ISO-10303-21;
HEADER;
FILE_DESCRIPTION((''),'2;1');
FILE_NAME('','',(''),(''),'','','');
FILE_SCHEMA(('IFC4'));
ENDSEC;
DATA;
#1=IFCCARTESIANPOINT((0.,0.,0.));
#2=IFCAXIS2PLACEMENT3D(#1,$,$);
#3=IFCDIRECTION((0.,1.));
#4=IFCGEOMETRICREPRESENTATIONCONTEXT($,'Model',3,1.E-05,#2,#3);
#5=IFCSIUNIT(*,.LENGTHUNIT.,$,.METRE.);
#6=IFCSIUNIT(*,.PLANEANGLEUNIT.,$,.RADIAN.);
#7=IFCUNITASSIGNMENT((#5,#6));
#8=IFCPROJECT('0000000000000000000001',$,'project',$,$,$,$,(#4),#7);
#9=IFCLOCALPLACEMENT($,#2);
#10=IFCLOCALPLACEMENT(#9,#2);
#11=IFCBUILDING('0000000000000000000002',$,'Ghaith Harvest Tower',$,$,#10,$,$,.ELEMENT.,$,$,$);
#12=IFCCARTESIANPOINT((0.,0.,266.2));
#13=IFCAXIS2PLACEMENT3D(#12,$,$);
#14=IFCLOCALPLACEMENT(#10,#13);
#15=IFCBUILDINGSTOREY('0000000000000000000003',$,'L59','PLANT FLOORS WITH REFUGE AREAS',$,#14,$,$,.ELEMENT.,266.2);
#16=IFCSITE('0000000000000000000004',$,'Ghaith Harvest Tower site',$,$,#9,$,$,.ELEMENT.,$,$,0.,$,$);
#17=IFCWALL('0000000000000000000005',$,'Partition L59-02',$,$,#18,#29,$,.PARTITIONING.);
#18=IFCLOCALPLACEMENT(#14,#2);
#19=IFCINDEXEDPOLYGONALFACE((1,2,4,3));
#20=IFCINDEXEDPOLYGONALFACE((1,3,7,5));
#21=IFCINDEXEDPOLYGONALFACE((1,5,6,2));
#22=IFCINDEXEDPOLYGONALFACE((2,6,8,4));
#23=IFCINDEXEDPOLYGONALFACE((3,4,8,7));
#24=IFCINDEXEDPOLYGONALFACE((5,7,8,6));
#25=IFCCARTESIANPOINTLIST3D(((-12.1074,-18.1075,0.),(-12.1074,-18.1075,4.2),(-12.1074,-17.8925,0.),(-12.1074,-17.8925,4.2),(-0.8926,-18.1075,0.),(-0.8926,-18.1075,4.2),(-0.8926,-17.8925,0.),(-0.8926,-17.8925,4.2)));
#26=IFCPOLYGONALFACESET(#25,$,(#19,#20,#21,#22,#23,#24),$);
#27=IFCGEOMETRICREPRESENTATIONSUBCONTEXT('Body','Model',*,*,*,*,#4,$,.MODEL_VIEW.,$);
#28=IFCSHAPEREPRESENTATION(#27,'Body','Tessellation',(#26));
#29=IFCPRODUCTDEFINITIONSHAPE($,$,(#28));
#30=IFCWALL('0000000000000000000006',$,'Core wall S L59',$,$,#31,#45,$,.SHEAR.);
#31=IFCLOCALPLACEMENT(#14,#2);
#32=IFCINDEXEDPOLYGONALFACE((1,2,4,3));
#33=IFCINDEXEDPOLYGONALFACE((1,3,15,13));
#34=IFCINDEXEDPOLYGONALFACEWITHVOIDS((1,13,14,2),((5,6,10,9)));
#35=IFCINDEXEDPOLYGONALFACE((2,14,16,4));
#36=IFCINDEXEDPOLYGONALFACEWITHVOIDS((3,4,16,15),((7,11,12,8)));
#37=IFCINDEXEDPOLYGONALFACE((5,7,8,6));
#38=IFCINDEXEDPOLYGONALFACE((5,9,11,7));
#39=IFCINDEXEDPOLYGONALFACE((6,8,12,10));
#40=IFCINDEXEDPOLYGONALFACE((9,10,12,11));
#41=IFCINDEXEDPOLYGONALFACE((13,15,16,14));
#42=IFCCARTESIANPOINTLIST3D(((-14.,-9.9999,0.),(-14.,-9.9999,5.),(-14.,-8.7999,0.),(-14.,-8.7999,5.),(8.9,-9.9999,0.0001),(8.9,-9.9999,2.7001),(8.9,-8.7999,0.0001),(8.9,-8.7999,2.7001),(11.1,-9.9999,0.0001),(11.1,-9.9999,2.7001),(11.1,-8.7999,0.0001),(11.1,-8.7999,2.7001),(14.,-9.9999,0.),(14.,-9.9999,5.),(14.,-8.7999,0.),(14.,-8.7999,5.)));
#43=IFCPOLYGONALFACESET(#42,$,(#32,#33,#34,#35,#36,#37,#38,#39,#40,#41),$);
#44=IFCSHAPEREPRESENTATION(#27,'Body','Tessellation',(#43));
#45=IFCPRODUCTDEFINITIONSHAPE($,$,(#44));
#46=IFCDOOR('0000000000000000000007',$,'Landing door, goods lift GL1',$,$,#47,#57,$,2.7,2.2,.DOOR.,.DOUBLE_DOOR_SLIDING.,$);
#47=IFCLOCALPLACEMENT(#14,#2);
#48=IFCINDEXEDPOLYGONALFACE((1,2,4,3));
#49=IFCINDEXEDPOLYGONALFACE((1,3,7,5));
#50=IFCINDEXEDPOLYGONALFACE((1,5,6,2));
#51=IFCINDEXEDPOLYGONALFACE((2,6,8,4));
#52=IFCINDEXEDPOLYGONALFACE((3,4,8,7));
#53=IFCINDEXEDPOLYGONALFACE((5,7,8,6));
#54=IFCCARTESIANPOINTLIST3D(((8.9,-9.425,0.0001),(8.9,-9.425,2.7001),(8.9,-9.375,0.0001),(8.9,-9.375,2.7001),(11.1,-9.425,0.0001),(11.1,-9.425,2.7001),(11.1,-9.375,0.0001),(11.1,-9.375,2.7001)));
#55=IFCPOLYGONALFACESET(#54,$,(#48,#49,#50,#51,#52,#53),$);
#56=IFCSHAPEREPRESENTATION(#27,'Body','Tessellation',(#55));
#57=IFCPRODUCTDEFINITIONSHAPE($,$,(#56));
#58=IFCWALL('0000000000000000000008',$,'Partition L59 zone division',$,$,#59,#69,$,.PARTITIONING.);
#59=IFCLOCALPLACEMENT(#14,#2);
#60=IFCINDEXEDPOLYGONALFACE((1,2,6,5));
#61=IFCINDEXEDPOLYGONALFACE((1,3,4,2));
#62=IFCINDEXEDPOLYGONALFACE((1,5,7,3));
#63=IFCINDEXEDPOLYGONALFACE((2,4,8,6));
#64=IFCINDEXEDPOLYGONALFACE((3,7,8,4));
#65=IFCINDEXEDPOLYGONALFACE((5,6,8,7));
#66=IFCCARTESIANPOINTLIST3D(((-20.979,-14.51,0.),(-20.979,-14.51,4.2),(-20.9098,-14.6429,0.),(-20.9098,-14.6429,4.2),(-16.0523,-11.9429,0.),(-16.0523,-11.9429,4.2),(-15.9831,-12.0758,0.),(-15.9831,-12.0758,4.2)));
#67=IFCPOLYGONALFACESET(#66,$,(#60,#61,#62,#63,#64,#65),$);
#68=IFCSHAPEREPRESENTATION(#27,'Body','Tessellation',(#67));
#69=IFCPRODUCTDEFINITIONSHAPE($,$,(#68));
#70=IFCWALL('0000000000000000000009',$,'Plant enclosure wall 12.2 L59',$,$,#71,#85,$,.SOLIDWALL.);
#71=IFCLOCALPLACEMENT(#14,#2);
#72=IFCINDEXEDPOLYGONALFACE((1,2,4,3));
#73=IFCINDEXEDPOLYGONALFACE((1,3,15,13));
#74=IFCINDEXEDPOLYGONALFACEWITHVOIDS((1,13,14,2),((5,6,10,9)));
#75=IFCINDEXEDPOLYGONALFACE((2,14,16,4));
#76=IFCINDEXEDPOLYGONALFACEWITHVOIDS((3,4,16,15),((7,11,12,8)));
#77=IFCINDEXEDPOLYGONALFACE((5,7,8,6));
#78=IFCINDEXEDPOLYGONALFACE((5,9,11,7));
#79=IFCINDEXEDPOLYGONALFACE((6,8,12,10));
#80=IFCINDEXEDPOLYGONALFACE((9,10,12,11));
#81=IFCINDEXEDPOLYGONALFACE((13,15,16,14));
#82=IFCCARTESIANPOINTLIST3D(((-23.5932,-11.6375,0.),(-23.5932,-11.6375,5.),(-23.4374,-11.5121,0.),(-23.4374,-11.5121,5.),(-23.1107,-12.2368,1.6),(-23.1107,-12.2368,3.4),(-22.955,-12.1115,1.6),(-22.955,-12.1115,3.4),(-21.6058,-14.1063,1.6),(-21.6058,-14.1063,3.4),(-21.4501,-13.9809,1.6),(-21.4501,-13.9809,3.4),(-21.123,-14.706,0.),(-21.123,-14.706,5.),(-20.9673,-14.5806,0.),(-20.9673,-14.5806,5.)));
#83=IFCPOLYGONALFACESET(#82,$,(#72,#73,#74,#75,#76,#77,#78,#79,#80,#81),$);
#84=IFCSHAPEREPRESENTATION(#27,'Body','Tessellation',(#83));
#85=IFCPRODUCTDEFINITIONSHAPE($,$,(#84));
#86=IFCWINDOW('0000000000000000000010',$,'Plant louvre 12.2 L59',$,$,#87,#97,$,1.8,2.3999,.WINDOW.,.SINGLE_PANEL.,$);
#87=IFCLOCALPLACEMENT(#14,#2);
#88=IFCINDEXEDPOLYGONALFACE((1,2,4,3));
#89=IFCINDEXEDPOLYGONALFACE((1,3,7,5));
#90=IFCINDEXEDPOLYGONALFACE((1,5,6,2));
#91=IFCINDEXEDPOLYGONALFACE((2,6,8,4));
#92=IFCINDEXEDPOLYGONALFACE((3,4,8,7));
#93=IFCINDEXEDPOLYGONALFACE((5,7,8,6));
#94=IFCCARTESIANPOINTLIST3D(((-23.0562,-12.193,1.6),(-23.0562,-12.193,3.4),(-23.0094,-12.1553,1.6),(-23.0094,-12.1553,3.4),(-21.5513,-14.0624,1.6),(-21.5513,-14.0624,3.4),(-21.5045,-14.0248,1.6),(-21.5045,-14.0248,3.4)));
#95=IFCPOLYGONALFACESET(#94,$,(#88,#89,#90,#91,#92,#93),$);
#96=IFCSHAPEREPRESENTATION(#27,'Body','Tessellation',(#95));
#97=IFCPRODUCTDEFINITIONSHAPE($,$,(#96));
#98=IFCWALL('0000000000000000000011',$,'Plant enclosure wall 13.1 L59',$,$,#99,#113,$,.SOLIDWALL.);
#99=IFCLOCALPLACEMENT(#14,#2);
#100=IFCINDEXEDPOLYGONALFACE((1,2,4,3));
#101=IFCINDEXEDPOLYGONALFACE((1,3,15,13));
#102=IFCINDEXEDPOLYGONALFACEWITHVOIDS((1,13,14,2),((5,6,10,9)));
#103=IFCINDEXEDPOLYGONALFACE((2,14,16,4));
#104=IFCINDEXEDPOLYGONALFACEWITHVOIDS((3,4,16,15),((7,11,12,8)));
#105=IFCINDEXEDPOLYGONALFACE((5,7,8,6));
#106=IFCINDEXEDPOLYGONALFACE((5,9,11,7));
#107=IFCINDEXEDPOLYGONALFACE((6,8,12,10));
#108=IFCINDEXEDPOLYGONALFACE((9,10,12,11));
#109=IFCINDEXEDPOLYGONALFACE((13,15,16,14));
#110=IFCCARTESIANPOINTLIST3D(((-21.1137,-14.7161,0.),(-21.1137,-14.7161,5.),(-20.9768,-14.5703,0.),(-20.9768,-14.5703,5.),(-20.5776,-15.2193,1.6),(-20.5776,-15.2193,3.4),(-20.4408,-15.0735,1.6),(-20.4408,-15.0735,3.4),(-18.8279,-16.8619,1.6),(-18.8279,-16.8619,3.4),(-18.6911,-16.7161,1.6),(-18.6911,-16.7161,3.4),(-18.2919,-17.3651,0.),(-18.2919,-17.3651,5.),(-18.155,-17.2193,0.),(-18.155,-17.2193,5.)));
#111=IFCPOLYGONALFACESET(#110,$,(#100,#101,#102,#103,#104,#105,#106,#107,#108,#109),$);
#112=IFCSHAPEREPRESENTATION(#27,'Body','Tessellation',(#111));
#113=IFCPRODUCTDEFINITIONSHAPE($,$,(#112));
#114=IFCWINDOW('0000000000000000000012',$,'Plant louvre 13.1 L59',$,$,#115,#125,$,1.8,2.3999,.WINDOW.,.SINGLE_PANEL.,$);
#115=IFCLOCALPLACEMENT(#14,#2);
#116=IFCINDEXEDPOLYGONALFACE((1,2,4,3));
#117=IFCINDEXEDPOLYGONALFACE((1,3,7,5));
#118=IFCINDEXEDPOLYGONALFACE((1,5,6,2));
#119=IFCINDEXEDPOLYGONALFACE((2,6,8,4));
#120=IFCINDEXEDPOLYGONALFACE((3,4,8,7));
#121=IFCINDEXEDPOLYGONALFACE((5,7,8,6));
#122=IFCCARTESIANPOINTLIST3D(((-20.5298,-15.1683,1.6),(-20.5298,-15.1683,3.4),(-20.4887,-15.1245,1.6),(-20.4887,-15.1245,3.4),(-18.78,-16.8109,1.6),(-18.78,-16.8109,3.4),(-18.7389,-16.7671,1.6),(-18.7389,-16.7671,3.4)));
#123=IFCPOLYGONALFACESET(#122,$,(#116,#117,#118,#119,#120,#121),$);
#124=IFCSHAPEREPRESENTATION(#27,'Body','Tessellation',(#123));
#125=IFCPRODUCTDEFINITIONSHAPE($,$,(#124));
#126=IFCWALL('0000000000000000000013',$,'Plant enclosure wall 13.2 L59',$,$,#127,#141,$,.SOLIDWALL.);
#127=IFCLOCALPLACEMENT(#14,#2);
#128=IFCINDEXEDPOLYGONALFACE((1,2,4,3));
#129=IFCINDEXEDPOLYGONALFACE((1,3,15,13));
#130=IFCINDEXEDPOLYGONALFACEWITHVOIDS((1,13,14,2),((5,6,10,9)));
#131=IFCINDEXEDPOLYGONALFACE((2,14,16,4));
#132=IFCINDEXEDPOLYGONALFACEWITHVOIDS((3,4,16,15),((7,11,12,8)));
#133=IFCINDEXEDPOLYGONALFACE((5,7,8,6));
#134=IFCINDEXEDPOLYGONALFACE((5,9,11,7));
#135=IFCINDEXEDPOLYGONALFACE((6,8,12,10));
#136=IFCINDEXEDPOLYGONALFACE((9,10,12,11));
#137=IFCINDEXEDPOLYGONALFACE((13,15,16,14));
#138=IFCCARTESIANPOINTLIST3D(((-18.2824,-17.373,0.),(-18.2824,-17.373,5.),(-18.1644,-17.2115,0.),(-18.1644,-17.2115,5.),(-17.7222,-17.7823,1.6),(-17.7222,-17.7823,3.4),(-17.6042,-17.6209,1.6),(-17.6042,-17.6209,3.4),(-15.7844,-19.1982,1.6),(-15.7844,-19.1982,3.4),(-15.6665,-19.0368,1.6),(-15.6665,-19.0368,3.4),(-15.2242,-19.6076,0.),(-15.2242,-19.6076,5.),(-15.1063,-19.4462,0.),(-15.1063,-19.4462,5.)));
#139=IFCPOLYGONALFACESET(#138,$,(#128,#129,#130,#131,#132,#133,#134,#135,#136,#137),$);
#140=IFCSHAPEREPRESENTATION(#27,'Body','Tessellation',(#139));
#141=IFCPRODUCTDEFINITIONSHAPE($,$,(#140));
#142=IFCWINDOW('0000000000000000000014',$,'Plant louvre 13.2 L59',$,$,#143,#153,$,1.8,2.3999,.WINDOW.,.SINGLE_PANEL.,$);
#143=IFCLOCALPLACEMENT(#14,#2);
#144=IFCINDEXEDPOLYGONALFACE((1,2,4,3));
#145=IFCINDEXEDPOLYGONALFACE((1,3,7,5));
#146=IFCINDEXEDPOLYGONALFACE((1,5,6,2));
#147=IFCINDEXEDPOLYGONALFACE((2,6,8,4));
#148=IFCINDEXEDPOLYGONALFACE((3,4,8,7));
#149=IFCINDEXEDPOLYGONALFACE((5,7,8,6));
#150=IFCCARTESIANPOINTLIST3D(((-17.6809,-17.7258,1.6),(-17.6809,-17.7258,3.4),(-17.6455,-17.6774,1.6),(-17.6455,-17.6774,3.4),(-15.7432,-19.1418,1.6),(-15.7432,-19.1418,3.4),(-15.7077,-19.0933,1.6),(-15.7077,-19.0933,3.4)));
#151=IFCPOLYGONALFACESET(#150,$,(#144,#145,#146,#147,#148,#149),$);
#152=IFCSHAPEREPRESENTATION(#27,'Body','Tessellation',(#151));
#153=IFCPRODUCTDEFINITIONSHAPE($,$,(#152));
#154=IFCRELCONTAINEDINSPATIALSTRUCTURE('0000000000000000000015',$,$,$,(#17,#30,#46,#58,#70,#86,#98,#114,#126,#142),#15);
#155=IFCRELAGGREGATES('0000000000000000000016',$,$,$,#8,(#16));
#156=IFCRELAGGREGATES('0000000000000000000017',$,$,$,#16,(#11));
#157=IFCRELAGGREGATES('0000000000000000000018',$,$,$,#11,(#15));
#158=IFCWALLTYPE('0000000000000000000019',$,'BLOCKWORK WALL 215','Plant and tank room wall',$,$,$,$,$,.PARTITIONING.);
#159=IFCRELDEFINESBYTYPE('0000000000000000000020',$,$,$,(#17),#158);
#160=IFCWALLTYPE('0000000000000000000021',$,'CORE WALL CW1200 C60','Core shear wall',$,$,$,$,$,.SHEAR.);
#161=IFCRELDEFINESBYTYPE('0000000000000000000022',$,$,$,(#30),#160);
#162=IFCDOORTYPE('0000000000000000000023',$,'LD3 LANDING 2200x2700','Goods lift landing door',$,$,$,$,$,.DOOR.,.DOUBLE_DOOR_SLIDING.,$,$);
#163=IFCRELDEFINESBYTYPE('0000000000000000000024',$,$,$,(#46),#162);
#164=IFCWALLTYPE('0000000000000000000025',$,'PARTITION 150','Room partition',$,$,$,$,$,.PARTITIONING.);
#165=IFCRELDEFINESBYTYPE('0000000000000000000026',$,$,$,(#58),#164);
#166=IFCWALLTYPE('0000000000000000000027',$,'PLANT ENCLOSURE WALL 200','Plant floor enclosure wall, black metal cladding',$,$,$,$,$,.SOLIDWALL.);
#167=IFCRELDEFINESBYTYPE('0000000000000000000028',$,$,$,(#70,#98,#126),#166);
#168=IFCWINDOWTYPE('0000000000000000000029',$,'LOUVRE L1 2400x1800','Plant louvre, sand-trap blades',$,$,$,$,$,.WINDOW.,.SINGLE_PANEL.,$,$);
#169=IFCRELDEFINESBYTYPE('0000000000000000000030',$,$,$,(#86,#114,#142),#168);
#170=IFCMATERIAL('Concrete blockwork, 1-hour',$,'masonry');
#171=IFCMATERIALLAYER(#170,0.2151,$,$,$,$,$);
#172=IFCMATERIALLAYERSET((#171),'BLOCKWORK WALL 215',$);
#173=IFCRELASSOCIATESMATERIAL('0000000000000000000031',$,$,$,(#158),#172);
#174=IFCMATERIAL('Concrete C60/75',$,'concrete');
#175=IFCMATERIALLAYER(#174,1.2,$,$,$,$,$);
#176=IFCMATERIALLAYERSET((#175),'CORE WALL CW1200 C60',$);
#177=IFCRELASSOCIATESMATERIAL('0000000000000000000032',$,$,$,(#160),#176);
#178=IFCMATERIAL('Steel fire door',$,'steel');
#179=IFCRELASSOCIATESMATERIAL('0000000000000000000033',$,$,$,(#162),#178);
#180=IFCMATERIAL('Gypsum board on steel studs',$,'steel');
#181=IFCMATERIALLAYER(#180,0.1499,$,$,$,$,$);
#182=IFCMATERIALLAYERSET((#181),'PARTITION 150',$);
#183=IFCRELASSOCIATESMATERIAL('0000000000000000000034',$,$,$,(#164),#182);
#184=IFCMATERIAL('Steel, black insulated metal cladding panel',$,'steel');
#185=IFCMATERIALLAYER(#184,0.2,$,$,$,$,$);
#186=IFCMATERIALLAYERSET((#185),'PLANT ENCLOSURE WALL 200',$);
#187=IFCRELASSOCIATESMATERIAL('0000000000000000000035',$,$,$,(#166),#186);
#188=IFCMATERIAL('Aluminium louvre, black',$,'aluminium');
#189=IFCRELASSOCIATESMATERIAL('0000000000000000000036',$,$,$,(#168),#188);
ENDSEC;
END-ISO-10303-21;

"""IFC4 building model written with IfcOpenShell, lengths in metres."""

from ifc_helpers import new_model, si_unit, direction, frame, frame_2d, origin, place, context, subcontext, project, spatial, rectangle, extrude, material, layer, layer_set, type_object, element, fill, save


model = new_model("IFC4")

# Units and contexts
model_context = context("Model", 3, precision=1e-05, world=origin(), true_north=direction((0.0, 1.0)))
body_context = subcontext(model_context, "Body", "Model", "MODEL_VIEW")
ifc_project = project(units=[si_unit("LENGTHUNIT", "METRE"), si_unit("PLANEANGLEUNIT", "RADIAN")], contexts=[model_context])

# Site, building, storey
site_placement = place(None, origin())
site = spatial("IfcSite", under=ifc_project, at=site_placement, Name="Ghaith Harvest Tower site", CompositionType="ELEMENT", RefElevation=0.0)
building_placement = place(site_placement, origin())
building = spatial("IfcBuilding", under=site, at=building_placement, Name="Ghaith Harvest Tower", CompositionType="ELEMENT")
storey_placement = place(building_placement, frame((0.0, 0.0, 266.2)))
storey = spatial("IfcBuildingStorey", under=building, at=storey_placement, Name="L59", Description="PLANT FLOORS WITH REFUGE AREAS", CompositionType="ELEMENT", Elevation=266.2)

# Wall
ifc_material_1 = material(Name="Concrete blockwork, 1-hour", Category="masonry")
ifc_layer_1 = layer(ifc_material_1, 0.2151)
ifc_layer_set_1 = layer_set([ifc_layer_1], Name="BLOCKWORK WALL 215")
wall_type_1 = type_object("IfcWallType", Name="BLOCKWORK WALL 215", Description="Plant and tank room wall", PredefinedType="PARTITIONING", material=ifc_layer_set_1)
wall_1_placement = place(storey_placement, frame((-12.1074, -18.0, 0.0), z_axis=(0.0, 0.0, 1.0), x_axis=(1.0, 0.0, 0.0)))
element("IfcWall", 1, at=wall_1_placement, inside=storey, type_object=wall_type_1, Name="Partition L59-02", PredefinedType="PARTITIONING", context=body_context, shape_type="SweptSolid", body=[
    extrude(rectangle(XDim=11.2148, YDim=0.2151, at=frame_2d((5.6074, 0.0))), origin(), (0.0, 0.0, 1.0), 4.2),
])

# Wall, opening, door
ifc_material_2 = material(Name="Concrete C60/75", Category="concrete")
ifc_layer_2 = layer(ifc_material_2, 1.2)
ifc_layer_set_2 = layer_set([ifc_layer_2], Name="CORE WALL CW1200 C60")
wall_type_2 = type_object("IfcWallType", Name="CORE WALL CW1200 C60", Description="Core shear wall", PredefinedType="SHEAR", material=ifc_layer_set_2)
wall_2_placement = place(storey_placement, frame((-14.0, -9.3999, 0.0), z_axis=(0.0, 0.0, 1.0), x_axis=(1.0, 0.0, 0.0)))
wall_2 = element("IfcWall", 2, at=wall_2_placement, inside=storey, type_object=wall_type_2, Name="Core wall S L59", PredefinedType="SHEAR", context=body_context, shape_type="SweptSolid", body=[
    extrude(rectangle(XDim=28.0, YDim=1.2, at=frame_2d((14.0, 0.0))), origin(), (0.0, 0.0, 1.0), 5.0),
])
opening_1_placement = place(wall_2_placement, frame((22.8999, 0.0, 0.0)))
opening_1 = element("IfcOpeningElement", 3, at=opening_1_placement, cuts=wall_2, PredefinedType="OPENING", context=body_context, shape_type="SweptSolid", body=[
    extrude(rectangle(XDim=2.2, YDim=2.7, at=frame_2d((1.1001, 1.3501))), frame((0.0, 0.6099, 0.0), z_axis=(0.0, -1.0, 0.0), x_axis=(1.0, 0.0, 0.0)), (0.0, 0.0, 1.0), 1.22),
])
ifc_material_3 = material(Name="Steel fire door", Category="steel")
door_type_1 = type_object("IfcDoorType", Name="LD3 LANDING 2200x2700", Description="Goods lift landing door", OperationType="DOUBLE_DOOR_SLIDING", PredefinedType="DOOR", material=ifc_material_3)
door_1_placement = place(opening_1_placement, origin())
door_1 = element("IfcDoor", 4, at=door_1_placement, inside=storey, type_object=door_type_1, Name="Landing door, goods lift GL1", OperationType="DOUBLE_DOOR_SLIDING", OverallHeight=2.7, OverallWidth=2.2, PredefinedType="DOOR", context=body_context, shape_type="SweptSolid", body=[
    extrude(rectangle(XDim=2.2, YDim=2.7, at=frame_2d((1.1001, 1.3501))), frame((0.0, 0.0249, 0.0), z_axis=(0.0, -1.0, 0.0), x_axis=(1.0, 0.0, 0.0)), (0.0, 0.0, 1.0), 0.05),
])
fill(opening_1, door_1)

# Wall
ifc_material_4 = material(Name="Gypsum board on steel studs", Category="steel")
ifc_layer_3 = layer(ifc_material_4, 0.1499)
ifc_layer_set_3 = layer_set([ifc_layer_3], Name="PARTITION 150")
wall_type_3 = type_object("IfcWallType", Name="PARTITION 150", Description="Room partition", PredefinedType="PARTITIONING", material=ifc_layer_set_3)
wall_3_placement = place(storey_placement, frame((-16.0176, -12.0093, 0.0), z_axis=(0.0, 0.0, 1.0), x_axis=(-0.886832, -0.462093, 0.0)))
element("IfcWall", 5, at=wall_3_placement, inside=storey, type_object=wall_type_3, Name="Partition L59 zone division", PredefinedType="PARTITIONING", context=body_context, shape_type="SweptSolid", body=[
    extrude(rectangle(XDim=5.5554, YDim=0.1499, at=frame_2d((2.7778, 0.0))), origin(), (0.0, 0.0, 1.0), 4.2),
])

# Walls, openings, windows
ifc_material_5 = material(Name="Steel, black insulated metal cladding panel", Category="steel")
ifc_layer_4 = layer(ifc_material_5, 0.2)
ifc_layer_set_4 = layer_set([ifc_layer_4], Name="PLANT ENCLOSURE WALL 200")
wall_type_4 = type_object("IfcWallType", Name="PLANT ENCLOSURE WALL 200", Description="Plant floor enclosure wall, black metal cladding", PredefinedType="SOLIDWALL", material=ifc_layer_set_4)
wall_4_placement = place(storey_placement, frame((-23.5154, -11.5747, 0.0), z_axis=(0.0, 0.0, 1.0), x_axis=(0.627065, -0.778967, 0.0)))
wall_4 = element("IfcWall", 6, at=wall_4_placement, inside=storey, type_object=wall_type_4, Name="Plant enclosure wall 12.2 L59", PredefinedType="SOLIDWALL", context=body_context, shape_type="SweptSolid", body=[
    extrude(rectangle(XDim=3.9392, YDim=0.2, at=frame_2d((1.9697, 0.0))), origin(), (0.0, 0.0, 1.0), 5.0),
])
opening_2_placement = place(wall_4_placement, frame((0.7695, 0.0, 1.6001)))
opening_2 = element("IfcOpeningElement", 7, at=opening_2_placement, cuts=wall_4, PredefinedType="OPENING", context=body_context, shape_type="SweptSolid", body=[
    extrude(rectangle(XDim=2.3999, YDim=1.8, at=frame_2d((1.2, 0.8999))), frame((0.0, 0.1099, 0.0), z_axis=(0.0, -1.0, 0.0), x_axis=(1.0, 0.0, 0.0)), (0.0, 0.0, 1.0), 0.22),
])
ifc_material_6 = material(Name="Aluminium louvre, black", Category="aluminium")
window_type = type_object("IfcWindowType", Name="LOUVRE L1 2400x1800", Description="Plant louvre, sand-trap blades", PartitioningType="SINGLE_PANEL", PredefinedType="WINDOW", material=ifc_material_6)
window_1_placement = place(opening_2_placement, origin())
window_1 = element("IfcWindow", 8, at=window_1_placement, inside=storey, type_object=window_type, Name="Plant louvre 12.2 L59", OverallHeight=1.8, OverallWidth=2.3999, PartitioningType="SINGLE_PANEL", PredefinedType="WINDOW", context=body_context, shape_type="SweptSolid", body=[
    extrude(rectangle(XDim=2.3999, YDim=1.8, at=frame_2d((1.2, 0.8999))), frame((0.0, 0.03, 0.0), z_axis=(0.0, -1.0, 0.0), x_axis=(1.0, 0.0, 0.0)), (0.0, 0.0, 1.0), 0.0601),
])
fill(opening_2, window_1)
wall_5_placement = place(storey_placement, frame((-21.0452, -14.6433, 0.0), z_axis=(0.0, 0.0, 1.0), x_axis=(0.729085, -0.684424, 0.0)))
wall_5 = element("IfcWall", 9, at=wall_5_placement, inside=storey, type_object=wall_type_4, Name="Plant enclosure wall 13.1 L59", PredefinedType="SOLIDWALL", context=body_context, shape_type="SweptSolid", body=[
    extrude(rectangle(XDim=3.8704, YDim=0.2, at=frame_2d((1.9351, 0.0))), origin(), (0.0, 0.0, 1.0), 5.0),
])
opening_3_placement = place(wall_5_placement, frame((0.7351, 0.0, 1.6001)))
opening_3 = element("IfcOpeningElement", 10, at=opening_3_placement, cuts=wall_5, PredefinedType="OPENING", context=body_context, shape_type="SweptSolid", body=[
    extrude(rectangle(XDim=2.3999, YDim=1.8, at=frame_2d((1.2, 0.8999))), frame((0.0, 0.1099, 0.0), z_axis=(0.0, -1.0, 0.0), x_axis=(1.0, 0.0, 0.0)), (0.0, 0.0, 1.0), 0.22),
])
window_2_placement = place(opening_3_placement, origin())
window_2 = element("IfcWindow", 11, at=window_2_placement, inside=storey, type_object=window_type, Name="Plant louvre 13.1 L59", OverallHeight=1.8, OverallWidth=2.3999, PartitioningType="SINGLE_PANEL", PredefinedType="WINDOW", context=body_context, shape_type="SweptSolid", body=[
    extrude(rectangle(XDim=2.3999, YDim=1.8, at=frame_2d((1.2, 0.8999))), frame((0.0, 0.03, 0.0), z_axis=(0.0, -1.0, 0.0), x_axis=(1.0, 0.0, 0.0)), (0.0, 0.0, 1.0), 0.0601),
])
fill(opening_3, window_2)
wall_6_placement = place(storey_placement, frame((-18.2234, -17.2922, 0.0), z_axis=(0.0, 0.0, 1.0), x_axis=(0.80741, -0.589991, 0.0)))
wall_6 = element("IfcWall", 12, at=wall_6_placement, inside=storey, type_object=wall_type_4, Name="Plant enclosure wall 13.2 L59", PredefinedType="SOLIDWALL", context=body_context, shape_type="SweptSolid", body=[
    extrude(rectangle(XDim=3.7876, YDim=0.2, at=frame_2d((1.8938, 0.0))), origin(), (0.0, 0.0, 1.0), 5.0),
])
opening_4_placement = place(wall_6_placement, frame((0.6938, 0.0, 1.6001)))
opening_4 = element("IfcOpeningElement", 13, at=opening_4_placement, cuts=wall_6, PredefinedType="OPENING", context=body_context, shape_type="SweptSolid", body=[
    extrude(rectangle(XDim=2.3999, YDim=1.8, at=frame_2d((1.2, 0.8999))), frame((0.0, 0.1099, 0.0), z_axis=(0.0, -1.0, 0.0), x_axis=(1.0, 0.0, 0.0)), (0.0, 0.0, 1.0), 0.22),
])
window_3_placement = place(opening_4_placement, origin())
window_3 = element("IfcWindow", 14, at=window_3_placement, inside=storey, type_object=window_type, Name="Plant louvre 13.2 L59", OverallHeight=1.8, OverallWidth=2.3999, PartitioningType="SINGLE_PANEL", PredefinedType="WINDOW", context=body_context, shape_type="SweptSolid", body=[
    extrude(rectangle(XDim=2.3999, YDim=1.8, at=frame_2d((1.2, 0.8999))), frame((0.0, 0.03, 0.0), z_axis=(0.0, -1.0, 0.0), x_axis=(1.0, 0.0, 0.0)), (0.0, 0.0, 1.0), 0.0601),
])
fill(opening_4, window_3)

save(model, "model.ifc")
